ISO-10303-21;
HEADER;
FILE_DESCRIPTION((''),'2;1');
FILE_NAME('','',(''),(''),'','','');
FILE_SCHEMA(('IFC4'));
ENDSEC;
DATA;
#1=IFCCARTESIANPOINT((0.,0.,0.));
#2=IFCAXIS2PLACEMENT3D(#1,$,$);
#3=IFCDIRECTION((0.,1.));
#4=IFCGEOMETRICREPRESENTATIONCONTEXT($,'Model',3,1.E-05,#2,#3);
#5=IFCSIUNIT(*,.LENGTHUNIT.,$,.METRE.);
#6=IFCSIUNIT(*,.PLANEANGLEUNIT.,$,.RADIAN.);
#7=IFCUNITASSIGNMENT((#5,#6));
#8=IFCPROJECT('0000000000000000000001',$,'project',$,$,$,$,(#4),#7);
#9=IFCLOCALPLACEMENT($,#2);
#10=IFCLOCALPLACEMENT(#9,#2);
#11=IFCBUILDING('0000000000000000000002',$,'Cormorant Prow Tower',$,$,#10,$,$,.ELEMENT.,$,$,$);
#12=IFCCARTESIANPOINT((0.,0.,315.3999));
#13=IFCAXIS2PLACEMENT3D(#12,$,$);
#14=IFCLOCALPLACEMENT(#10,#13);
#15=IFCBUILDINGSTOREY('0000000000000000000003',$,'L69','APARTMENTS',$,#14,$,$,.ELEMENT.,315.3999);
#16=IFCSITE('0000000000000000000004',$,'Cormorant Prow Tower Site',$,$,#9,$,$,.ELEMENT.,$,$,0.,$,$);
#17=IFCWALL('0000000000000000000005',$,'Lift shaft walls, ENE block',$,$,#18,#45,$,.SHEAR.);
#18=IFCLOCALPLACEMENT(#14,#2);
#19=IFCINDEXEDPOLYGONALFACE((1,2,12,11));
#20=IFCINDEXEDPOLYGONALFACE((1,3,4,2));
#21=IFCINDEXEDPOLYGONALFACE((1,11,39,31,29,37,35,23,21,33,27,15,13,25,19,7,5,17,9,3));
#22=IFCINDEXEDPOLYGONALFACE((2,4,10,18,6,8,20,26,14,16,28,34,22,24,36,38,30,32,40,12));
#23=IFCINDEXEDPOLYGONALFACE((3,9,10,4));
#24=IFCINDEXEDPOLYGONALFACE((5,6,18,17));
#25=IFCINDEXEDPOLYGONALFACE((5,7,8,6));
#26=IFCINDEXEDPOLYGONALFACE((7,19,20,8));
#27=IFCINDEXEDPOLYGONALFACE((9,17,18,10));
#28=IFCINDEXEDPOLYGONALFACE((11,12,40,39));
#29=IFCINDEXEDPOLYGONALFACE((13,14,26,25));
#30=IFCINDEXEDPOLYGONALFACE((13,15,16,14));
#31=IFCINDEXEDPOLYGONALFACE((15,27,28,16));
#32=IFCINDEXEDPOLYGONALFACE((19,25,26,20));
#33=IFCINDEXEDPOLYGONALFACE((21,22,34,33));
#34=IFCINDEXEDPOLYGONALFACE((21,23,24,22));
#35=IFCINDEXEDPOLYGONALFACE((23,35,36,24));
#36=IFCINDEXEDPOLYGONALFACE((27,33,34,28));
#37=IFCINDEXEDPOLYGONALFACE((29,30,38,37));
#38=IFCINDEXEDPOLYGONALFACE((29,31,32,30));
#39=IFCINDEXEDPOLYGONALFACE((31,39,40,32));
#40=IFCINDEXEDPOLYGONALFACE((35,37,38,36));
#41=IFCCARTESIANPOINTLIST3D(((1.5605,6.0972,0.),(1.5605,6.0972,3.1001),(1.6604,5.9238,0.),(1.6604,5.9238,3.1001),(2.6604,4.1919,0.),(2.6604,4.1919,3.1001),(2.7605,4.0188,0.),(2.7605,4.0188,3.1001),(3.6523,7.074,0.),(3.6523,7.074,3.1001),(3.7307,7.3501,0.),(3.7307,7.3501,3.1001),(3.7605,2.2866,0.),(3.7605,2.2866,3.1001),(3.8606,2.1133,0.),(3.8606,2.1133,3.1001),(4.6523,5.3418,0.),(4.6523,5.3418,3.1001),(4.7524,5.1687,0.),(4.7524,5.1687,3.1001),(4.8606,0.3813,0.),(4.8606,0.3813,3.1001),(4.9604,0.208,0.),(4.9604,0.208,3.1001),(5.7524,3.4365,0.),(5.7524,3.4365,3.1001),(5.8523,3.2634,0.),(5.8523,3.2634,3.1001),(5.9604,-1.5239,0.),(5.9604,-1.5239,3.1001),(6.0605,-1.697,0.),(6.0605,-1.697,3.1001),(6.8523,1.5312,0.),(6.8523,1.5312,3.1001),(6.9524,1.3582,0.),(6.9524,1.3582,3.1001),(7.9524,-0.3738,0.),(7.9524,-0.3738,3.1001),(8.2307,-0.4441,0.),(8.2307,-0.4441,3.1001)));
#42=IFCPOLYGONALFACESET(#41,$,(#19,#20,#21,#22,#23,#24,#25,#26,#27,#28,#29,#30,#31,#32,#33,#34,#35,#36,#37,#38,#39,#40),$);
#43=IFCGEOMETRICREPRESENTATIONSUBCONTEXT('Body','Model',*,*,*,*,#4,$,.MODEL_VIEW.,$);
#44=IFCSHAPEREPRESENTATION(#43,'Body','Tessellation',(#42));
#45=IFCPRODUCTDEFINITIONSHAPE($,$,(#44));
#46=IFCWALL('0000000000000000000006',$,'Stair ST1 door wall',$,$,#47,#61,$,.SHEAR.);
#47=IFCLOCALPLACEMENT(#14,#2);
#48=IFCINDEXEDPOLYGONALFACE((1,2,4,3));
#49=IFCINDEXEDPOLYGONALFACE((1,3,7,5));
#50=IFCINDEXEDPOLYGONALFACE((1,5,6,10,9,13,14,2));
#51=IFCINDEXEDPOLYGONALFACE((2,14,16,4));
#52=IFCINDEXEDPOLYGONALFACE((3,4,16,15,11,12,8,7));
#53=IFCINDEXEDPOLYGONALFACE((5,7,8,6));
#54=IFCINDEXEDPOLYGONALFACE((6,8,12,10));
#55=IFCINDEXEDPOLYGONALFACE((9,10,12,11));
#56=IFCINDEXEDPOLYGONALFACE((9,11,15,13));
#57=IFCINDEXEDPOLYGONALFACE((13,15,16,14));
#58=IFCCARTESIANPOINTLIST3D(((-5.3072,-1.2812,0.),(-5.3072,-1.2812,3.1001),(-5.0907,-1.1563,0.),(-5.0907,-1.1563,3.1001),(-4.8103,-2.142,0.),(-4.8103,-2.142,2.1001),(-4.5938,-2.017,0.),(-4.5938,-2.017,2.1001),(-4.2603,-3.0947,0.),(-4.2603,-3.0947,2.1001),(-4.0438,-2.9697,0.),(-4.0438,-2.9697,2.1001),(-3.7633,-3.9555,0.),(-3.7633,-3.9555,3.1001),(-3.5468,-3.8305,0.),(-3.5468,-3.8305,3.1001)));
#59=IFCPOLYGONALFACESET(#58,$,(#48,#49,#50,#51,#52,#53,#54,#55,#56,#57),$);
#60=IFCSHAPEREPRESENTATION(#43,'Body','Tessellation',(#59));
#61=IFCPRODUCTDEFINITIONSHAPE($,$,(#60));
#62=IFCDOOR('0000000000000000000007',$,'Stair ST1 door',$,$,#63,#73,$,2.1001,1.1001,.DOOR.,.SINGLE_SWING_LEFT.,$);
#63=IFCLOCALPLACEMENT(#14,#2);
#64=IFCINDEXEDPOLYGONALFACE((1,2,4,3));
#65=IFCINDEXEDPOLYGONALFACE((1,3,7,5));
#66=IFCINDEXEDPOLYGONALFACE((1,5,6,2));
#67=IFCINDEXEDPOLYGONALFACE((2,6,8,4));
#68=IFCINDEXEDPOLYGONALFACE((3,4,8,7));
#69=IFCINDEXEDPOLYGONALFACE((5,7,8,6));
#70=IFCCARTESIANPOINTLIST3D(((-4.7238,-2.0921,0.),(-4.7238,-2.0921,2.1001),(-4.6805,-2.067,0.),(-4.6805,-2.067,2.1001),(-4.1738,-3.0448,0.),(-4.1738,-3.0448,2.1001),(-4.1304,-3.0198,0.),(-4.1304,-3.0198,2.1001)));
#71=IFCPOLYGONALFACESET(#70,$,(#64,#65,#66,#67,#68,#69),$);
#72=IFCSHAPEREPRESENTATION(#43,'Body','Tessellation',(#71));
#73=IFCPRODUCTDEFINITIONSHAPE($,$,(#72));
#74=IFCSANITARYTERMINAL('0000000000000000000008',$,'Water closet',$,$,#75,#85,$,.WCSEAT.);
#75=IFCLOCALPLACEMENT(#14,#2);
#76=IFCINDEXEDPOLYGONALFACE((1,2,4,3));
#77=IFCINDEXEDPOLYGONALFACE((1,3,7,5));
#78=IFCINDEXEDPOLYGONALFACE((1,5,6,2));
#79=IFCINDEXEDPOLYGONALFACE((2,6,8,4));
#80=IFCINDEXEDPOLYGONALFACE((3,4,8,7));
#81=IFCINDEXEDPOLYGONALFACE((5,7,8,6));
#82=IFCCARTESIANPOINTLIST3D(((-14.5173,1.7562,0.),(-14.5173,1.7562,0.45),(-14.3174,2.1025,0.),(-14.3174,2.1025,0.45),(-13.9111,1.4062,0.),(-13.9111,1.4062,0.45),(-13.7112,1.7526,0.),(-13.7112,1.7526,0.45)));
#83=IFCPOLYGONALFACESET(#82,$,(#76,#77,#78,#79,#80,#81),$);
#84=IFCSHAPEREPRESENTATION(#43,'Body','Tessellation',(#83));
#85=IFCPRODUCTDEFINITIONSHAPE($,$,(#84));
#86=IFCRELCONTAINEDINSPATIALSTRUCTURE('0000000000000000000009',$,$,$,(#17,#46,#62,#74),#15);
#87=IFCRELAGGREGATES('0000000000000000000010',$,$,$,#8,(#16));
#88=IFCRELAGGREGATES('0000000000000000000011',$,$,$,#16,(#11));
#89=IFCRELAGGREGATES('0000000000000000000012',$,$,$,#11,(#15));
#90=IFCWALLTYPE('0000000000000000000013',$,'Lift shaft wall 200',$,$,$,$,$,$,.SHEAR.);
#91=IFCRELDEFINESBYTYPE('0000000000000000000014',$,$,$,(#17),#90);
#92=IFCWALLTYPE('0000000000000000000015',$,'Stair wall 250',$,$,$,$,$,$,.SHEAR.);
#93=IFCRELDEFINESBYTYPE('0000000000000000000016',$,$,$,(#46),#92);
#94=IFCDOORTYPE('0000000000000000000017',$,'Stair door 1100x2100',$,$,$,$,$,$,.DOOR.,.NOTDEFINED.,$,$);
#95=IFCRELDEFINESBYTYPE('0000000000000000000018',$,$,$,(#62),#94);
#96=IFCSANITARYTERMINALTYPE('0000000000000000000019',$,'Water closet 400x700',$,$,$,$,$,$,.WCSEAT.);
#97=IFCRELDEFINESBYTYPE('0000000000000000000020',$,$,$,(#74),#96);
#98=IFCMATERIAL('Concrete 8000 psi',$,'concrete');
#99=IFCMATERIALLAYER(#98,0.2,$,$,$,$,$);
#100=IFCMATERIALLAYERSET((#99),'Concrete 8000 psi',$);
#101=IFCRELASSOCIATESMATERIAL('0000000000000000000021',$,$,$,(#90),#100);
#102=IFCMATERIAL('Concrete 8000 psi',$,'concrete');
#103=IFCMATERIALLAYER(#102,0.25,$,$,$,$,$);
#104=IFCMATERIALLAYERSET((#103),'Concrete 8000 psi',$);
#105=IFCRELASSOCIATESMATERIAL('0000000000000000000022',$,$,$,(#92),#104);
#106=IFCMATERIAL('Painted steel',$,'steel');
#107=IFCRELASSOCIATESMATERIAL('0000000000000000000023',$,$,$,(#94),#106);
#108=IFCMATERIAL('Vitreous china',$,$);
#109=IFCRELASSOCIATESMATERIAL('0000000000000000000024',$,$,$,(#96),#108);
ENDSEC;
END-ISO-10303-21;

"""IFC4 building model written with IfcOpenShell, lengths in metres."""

from ifc_helpers import new_model, si_unit, direction, frame, frame_2d, origin, origin_2d, place, context, subcontext, project, spatial, polyline, rectangle, outline, extrude, material, layer, layer_set, type_object, element, fill, save


model = new_model("IFC4")

# Units and contexts
model_context = context("Model", 3, precision=1e-05, world=origin(), true_north=direction((0.0, 1.0)))
body_context = subcontext(model_context, "Body", "Model", "MODEL_VIEW")
ifc_project = project(units=[si_unit("LENGTHUNIT", "METRE"), si_unit("PLANEANGLEUNIT", "RADIAN")], contexts=[model_context])

# Site, building, storey
site_placement = place(None, origin())
site = spatial("IfcSite", under=ifc_project, at=site_placement, Name="Cormorant Prow Tower Site", CompositionType="ELEMENT", RefElevation=0.0)
building_placement = place(site_placement, origin())
building = spatial("IfcBuilding", under=site, at=building_placement, Name="Cormorant Prow Tower", CompositionType="ELEMENT")
storey_placement = place(building_placement, frame((0.0, 0.0, 315.3999)))
storey = spatial("IfcBuildingStorey", under=building, at=storey_placement, Name="L69", Description="APARTMENTS", CompositionType="ELEMENT", Elevation=315.3999)

# Wall
ifc_material_1 = material(Name="Concrete 8000 psi", Category="concrete")
ifc_layer_1 = layer(ifc_material_1, 0.2)
ifc_layer_set_1 = layer_set([ifc_layer_1], Name="Concrete 8000 psi")
wall_type_1 = type_object("IfcWallType", Name="Lift shaft wall 200", PredefinedType="SHEAR", material=ifc_layer_set_1)
wall_1_placement = place(storey_placement, origin())
element("IfcWall", 1, at=wall_1_placement, inside=storey, type_object=wall_type_1, Name="Lift shaft walls, ENE block", PredefinedType="SHEAR", context=body_context, shape_type="SweptSolid", body=[
    extrude(outline(polyline([(1.5605, 6.0972), (3.7307, 7.3501), (8.2307, -0.4441), (6.0605, -1.697), (5.9604, -1.5239), (7.9524, -0.3738), (6.9524, 1.3582), (4.9604, 0.208), (4.8606, 0.3813), (6.8523, 1.5312), (5.8523, 3.2634), (3.8606, 2.1133), (3.7605, 2.2866), (5.7524, 3.4365), (4.7524, 5.1687), (2.7605, 4.0188), (2.6604, 4.1919), (4.6523, 5.3418), (3.6523, 7.074), (1.6604, 5.9238), (1.5605, 6.0972)])), origin(), (0.0, 0.0, 1.0), 3.1001),
])

# Wall, opening, door
ifc_material_2 = material(Name="Concrete 8000 psi", Category="concrete")
ifc_layer_2 = layer(ifc_material_2, 0.25)
ifc_layer_set_2 = layer_set([ifc_layer_2], Name="Concrete 8000 psi")
wall_type_2 = type_object("IfcWallType", Name="Stair wall 250", PredefinedType="SHEAR", material=ifc_layer_set_2)
wall_2_placement = place(storey_placement, frame((-5.199, -1.2188, 0.0), z_axis=(0.0, 0.0, 1.0), x_axis=(0.499983, -0.866035, 0.0)))
wall_2 = element("IfcWall", 2, at=wall_2_placement, inside=storey, type_object=wall_type_2, Name="Stair ST1 door wall", PredefinedType="SHEAR", context=body_context, shape_type="SweptSolid", body=[
    extrude(rectangle(XDim=3.0879, YDim=0.25, at=frame_2d((1.5439, 0.0))), origin(), (0.0, 0.0, 1.0), 3.1001),
])
opening_1_placement = place(wall_2_placement, frame((0.9939, 0.0, 0.0)))
opening_1 = element("IfcOpeningElement", 3, at=opening_1_placement, cuts=wall_2, PredefinedType="OPENING", context=body_context, shape_type="SweptSolid", body=[
    extrude(rectangle(XDim=1.1001, YDim=2.1001, at=frame_2d((0.55, 1.05))), frame((0.0, 0.135, 0.0), z_axis=(0.0, -1.0, 0.0), x_axis=(1.0, 0.0, 0.0)), (0.0, 0.0, 1.0), 0.27),
])
ifc_material_3 = material(Name="Painted steel", Category="steel")
door_type_1 = type_object("IfcDoorType", Name="Stair door 1100x2100", OperationType="NOTDEFINED", PredefinedType="DOOR", material=ifc_material_3)
door_1_placement = place(opening_1_placement, origin())
door_1 = element("IfcDoor", 4, at=door_1_placement, inside=storey, type_object=door_type_1, Name="Stair ST1 door", OperationType="SINGLE_SWING_LEFT", OverallHeight=2.1001, OverallWidth=1.1001, PredefinedType="DOOR", context=body_context, shape_type="SweptSolid", body=[
    extrude(rectangle(XDim=1.1001, YDim=2.1001, at=frame_2d((0.55, 1.05))), frame((0.0, 0.0249, 0.0), z_axis=(0.0, -1.0, 0.0), x_axis=(1.0, 0.0, 0.0)), (0.0, 0.0, 1.0), 0.05),
])
fill(opening_1, door_1)

# Sanitary terminal
ifc_material_4 = material(Name="Vitreous china")
sanitary_terminal_type = type_object("IfcSanitaryTerminalType", Name="Water closet 400x700", PredefinedType="WCSEAT", material=ifc_material_4)
sanitary_terminal_placement = place(storey_placement, frame((-14.1143, 1.7544, 0.0), z_axis=(0.0, 0.0, 1.0), x_axis=(-0.5, -0.866025, 0.0)))
element("IfcSanitaryTerminal", 5, at=sanitary_terminal_placement, inside=storey, type_object=sanitary_terminal_type, Name="Water closet", PredefinedType="WCSEAT", context=body_context, shape_type="SweptSolid", body=[
    extrude(rectangle(XDim=0.3999, YDim=0.7, at=origin_2d()), origin(), (0.0, 0.0, 1.0), 0.45),
])

save(model, "model.ifc")
